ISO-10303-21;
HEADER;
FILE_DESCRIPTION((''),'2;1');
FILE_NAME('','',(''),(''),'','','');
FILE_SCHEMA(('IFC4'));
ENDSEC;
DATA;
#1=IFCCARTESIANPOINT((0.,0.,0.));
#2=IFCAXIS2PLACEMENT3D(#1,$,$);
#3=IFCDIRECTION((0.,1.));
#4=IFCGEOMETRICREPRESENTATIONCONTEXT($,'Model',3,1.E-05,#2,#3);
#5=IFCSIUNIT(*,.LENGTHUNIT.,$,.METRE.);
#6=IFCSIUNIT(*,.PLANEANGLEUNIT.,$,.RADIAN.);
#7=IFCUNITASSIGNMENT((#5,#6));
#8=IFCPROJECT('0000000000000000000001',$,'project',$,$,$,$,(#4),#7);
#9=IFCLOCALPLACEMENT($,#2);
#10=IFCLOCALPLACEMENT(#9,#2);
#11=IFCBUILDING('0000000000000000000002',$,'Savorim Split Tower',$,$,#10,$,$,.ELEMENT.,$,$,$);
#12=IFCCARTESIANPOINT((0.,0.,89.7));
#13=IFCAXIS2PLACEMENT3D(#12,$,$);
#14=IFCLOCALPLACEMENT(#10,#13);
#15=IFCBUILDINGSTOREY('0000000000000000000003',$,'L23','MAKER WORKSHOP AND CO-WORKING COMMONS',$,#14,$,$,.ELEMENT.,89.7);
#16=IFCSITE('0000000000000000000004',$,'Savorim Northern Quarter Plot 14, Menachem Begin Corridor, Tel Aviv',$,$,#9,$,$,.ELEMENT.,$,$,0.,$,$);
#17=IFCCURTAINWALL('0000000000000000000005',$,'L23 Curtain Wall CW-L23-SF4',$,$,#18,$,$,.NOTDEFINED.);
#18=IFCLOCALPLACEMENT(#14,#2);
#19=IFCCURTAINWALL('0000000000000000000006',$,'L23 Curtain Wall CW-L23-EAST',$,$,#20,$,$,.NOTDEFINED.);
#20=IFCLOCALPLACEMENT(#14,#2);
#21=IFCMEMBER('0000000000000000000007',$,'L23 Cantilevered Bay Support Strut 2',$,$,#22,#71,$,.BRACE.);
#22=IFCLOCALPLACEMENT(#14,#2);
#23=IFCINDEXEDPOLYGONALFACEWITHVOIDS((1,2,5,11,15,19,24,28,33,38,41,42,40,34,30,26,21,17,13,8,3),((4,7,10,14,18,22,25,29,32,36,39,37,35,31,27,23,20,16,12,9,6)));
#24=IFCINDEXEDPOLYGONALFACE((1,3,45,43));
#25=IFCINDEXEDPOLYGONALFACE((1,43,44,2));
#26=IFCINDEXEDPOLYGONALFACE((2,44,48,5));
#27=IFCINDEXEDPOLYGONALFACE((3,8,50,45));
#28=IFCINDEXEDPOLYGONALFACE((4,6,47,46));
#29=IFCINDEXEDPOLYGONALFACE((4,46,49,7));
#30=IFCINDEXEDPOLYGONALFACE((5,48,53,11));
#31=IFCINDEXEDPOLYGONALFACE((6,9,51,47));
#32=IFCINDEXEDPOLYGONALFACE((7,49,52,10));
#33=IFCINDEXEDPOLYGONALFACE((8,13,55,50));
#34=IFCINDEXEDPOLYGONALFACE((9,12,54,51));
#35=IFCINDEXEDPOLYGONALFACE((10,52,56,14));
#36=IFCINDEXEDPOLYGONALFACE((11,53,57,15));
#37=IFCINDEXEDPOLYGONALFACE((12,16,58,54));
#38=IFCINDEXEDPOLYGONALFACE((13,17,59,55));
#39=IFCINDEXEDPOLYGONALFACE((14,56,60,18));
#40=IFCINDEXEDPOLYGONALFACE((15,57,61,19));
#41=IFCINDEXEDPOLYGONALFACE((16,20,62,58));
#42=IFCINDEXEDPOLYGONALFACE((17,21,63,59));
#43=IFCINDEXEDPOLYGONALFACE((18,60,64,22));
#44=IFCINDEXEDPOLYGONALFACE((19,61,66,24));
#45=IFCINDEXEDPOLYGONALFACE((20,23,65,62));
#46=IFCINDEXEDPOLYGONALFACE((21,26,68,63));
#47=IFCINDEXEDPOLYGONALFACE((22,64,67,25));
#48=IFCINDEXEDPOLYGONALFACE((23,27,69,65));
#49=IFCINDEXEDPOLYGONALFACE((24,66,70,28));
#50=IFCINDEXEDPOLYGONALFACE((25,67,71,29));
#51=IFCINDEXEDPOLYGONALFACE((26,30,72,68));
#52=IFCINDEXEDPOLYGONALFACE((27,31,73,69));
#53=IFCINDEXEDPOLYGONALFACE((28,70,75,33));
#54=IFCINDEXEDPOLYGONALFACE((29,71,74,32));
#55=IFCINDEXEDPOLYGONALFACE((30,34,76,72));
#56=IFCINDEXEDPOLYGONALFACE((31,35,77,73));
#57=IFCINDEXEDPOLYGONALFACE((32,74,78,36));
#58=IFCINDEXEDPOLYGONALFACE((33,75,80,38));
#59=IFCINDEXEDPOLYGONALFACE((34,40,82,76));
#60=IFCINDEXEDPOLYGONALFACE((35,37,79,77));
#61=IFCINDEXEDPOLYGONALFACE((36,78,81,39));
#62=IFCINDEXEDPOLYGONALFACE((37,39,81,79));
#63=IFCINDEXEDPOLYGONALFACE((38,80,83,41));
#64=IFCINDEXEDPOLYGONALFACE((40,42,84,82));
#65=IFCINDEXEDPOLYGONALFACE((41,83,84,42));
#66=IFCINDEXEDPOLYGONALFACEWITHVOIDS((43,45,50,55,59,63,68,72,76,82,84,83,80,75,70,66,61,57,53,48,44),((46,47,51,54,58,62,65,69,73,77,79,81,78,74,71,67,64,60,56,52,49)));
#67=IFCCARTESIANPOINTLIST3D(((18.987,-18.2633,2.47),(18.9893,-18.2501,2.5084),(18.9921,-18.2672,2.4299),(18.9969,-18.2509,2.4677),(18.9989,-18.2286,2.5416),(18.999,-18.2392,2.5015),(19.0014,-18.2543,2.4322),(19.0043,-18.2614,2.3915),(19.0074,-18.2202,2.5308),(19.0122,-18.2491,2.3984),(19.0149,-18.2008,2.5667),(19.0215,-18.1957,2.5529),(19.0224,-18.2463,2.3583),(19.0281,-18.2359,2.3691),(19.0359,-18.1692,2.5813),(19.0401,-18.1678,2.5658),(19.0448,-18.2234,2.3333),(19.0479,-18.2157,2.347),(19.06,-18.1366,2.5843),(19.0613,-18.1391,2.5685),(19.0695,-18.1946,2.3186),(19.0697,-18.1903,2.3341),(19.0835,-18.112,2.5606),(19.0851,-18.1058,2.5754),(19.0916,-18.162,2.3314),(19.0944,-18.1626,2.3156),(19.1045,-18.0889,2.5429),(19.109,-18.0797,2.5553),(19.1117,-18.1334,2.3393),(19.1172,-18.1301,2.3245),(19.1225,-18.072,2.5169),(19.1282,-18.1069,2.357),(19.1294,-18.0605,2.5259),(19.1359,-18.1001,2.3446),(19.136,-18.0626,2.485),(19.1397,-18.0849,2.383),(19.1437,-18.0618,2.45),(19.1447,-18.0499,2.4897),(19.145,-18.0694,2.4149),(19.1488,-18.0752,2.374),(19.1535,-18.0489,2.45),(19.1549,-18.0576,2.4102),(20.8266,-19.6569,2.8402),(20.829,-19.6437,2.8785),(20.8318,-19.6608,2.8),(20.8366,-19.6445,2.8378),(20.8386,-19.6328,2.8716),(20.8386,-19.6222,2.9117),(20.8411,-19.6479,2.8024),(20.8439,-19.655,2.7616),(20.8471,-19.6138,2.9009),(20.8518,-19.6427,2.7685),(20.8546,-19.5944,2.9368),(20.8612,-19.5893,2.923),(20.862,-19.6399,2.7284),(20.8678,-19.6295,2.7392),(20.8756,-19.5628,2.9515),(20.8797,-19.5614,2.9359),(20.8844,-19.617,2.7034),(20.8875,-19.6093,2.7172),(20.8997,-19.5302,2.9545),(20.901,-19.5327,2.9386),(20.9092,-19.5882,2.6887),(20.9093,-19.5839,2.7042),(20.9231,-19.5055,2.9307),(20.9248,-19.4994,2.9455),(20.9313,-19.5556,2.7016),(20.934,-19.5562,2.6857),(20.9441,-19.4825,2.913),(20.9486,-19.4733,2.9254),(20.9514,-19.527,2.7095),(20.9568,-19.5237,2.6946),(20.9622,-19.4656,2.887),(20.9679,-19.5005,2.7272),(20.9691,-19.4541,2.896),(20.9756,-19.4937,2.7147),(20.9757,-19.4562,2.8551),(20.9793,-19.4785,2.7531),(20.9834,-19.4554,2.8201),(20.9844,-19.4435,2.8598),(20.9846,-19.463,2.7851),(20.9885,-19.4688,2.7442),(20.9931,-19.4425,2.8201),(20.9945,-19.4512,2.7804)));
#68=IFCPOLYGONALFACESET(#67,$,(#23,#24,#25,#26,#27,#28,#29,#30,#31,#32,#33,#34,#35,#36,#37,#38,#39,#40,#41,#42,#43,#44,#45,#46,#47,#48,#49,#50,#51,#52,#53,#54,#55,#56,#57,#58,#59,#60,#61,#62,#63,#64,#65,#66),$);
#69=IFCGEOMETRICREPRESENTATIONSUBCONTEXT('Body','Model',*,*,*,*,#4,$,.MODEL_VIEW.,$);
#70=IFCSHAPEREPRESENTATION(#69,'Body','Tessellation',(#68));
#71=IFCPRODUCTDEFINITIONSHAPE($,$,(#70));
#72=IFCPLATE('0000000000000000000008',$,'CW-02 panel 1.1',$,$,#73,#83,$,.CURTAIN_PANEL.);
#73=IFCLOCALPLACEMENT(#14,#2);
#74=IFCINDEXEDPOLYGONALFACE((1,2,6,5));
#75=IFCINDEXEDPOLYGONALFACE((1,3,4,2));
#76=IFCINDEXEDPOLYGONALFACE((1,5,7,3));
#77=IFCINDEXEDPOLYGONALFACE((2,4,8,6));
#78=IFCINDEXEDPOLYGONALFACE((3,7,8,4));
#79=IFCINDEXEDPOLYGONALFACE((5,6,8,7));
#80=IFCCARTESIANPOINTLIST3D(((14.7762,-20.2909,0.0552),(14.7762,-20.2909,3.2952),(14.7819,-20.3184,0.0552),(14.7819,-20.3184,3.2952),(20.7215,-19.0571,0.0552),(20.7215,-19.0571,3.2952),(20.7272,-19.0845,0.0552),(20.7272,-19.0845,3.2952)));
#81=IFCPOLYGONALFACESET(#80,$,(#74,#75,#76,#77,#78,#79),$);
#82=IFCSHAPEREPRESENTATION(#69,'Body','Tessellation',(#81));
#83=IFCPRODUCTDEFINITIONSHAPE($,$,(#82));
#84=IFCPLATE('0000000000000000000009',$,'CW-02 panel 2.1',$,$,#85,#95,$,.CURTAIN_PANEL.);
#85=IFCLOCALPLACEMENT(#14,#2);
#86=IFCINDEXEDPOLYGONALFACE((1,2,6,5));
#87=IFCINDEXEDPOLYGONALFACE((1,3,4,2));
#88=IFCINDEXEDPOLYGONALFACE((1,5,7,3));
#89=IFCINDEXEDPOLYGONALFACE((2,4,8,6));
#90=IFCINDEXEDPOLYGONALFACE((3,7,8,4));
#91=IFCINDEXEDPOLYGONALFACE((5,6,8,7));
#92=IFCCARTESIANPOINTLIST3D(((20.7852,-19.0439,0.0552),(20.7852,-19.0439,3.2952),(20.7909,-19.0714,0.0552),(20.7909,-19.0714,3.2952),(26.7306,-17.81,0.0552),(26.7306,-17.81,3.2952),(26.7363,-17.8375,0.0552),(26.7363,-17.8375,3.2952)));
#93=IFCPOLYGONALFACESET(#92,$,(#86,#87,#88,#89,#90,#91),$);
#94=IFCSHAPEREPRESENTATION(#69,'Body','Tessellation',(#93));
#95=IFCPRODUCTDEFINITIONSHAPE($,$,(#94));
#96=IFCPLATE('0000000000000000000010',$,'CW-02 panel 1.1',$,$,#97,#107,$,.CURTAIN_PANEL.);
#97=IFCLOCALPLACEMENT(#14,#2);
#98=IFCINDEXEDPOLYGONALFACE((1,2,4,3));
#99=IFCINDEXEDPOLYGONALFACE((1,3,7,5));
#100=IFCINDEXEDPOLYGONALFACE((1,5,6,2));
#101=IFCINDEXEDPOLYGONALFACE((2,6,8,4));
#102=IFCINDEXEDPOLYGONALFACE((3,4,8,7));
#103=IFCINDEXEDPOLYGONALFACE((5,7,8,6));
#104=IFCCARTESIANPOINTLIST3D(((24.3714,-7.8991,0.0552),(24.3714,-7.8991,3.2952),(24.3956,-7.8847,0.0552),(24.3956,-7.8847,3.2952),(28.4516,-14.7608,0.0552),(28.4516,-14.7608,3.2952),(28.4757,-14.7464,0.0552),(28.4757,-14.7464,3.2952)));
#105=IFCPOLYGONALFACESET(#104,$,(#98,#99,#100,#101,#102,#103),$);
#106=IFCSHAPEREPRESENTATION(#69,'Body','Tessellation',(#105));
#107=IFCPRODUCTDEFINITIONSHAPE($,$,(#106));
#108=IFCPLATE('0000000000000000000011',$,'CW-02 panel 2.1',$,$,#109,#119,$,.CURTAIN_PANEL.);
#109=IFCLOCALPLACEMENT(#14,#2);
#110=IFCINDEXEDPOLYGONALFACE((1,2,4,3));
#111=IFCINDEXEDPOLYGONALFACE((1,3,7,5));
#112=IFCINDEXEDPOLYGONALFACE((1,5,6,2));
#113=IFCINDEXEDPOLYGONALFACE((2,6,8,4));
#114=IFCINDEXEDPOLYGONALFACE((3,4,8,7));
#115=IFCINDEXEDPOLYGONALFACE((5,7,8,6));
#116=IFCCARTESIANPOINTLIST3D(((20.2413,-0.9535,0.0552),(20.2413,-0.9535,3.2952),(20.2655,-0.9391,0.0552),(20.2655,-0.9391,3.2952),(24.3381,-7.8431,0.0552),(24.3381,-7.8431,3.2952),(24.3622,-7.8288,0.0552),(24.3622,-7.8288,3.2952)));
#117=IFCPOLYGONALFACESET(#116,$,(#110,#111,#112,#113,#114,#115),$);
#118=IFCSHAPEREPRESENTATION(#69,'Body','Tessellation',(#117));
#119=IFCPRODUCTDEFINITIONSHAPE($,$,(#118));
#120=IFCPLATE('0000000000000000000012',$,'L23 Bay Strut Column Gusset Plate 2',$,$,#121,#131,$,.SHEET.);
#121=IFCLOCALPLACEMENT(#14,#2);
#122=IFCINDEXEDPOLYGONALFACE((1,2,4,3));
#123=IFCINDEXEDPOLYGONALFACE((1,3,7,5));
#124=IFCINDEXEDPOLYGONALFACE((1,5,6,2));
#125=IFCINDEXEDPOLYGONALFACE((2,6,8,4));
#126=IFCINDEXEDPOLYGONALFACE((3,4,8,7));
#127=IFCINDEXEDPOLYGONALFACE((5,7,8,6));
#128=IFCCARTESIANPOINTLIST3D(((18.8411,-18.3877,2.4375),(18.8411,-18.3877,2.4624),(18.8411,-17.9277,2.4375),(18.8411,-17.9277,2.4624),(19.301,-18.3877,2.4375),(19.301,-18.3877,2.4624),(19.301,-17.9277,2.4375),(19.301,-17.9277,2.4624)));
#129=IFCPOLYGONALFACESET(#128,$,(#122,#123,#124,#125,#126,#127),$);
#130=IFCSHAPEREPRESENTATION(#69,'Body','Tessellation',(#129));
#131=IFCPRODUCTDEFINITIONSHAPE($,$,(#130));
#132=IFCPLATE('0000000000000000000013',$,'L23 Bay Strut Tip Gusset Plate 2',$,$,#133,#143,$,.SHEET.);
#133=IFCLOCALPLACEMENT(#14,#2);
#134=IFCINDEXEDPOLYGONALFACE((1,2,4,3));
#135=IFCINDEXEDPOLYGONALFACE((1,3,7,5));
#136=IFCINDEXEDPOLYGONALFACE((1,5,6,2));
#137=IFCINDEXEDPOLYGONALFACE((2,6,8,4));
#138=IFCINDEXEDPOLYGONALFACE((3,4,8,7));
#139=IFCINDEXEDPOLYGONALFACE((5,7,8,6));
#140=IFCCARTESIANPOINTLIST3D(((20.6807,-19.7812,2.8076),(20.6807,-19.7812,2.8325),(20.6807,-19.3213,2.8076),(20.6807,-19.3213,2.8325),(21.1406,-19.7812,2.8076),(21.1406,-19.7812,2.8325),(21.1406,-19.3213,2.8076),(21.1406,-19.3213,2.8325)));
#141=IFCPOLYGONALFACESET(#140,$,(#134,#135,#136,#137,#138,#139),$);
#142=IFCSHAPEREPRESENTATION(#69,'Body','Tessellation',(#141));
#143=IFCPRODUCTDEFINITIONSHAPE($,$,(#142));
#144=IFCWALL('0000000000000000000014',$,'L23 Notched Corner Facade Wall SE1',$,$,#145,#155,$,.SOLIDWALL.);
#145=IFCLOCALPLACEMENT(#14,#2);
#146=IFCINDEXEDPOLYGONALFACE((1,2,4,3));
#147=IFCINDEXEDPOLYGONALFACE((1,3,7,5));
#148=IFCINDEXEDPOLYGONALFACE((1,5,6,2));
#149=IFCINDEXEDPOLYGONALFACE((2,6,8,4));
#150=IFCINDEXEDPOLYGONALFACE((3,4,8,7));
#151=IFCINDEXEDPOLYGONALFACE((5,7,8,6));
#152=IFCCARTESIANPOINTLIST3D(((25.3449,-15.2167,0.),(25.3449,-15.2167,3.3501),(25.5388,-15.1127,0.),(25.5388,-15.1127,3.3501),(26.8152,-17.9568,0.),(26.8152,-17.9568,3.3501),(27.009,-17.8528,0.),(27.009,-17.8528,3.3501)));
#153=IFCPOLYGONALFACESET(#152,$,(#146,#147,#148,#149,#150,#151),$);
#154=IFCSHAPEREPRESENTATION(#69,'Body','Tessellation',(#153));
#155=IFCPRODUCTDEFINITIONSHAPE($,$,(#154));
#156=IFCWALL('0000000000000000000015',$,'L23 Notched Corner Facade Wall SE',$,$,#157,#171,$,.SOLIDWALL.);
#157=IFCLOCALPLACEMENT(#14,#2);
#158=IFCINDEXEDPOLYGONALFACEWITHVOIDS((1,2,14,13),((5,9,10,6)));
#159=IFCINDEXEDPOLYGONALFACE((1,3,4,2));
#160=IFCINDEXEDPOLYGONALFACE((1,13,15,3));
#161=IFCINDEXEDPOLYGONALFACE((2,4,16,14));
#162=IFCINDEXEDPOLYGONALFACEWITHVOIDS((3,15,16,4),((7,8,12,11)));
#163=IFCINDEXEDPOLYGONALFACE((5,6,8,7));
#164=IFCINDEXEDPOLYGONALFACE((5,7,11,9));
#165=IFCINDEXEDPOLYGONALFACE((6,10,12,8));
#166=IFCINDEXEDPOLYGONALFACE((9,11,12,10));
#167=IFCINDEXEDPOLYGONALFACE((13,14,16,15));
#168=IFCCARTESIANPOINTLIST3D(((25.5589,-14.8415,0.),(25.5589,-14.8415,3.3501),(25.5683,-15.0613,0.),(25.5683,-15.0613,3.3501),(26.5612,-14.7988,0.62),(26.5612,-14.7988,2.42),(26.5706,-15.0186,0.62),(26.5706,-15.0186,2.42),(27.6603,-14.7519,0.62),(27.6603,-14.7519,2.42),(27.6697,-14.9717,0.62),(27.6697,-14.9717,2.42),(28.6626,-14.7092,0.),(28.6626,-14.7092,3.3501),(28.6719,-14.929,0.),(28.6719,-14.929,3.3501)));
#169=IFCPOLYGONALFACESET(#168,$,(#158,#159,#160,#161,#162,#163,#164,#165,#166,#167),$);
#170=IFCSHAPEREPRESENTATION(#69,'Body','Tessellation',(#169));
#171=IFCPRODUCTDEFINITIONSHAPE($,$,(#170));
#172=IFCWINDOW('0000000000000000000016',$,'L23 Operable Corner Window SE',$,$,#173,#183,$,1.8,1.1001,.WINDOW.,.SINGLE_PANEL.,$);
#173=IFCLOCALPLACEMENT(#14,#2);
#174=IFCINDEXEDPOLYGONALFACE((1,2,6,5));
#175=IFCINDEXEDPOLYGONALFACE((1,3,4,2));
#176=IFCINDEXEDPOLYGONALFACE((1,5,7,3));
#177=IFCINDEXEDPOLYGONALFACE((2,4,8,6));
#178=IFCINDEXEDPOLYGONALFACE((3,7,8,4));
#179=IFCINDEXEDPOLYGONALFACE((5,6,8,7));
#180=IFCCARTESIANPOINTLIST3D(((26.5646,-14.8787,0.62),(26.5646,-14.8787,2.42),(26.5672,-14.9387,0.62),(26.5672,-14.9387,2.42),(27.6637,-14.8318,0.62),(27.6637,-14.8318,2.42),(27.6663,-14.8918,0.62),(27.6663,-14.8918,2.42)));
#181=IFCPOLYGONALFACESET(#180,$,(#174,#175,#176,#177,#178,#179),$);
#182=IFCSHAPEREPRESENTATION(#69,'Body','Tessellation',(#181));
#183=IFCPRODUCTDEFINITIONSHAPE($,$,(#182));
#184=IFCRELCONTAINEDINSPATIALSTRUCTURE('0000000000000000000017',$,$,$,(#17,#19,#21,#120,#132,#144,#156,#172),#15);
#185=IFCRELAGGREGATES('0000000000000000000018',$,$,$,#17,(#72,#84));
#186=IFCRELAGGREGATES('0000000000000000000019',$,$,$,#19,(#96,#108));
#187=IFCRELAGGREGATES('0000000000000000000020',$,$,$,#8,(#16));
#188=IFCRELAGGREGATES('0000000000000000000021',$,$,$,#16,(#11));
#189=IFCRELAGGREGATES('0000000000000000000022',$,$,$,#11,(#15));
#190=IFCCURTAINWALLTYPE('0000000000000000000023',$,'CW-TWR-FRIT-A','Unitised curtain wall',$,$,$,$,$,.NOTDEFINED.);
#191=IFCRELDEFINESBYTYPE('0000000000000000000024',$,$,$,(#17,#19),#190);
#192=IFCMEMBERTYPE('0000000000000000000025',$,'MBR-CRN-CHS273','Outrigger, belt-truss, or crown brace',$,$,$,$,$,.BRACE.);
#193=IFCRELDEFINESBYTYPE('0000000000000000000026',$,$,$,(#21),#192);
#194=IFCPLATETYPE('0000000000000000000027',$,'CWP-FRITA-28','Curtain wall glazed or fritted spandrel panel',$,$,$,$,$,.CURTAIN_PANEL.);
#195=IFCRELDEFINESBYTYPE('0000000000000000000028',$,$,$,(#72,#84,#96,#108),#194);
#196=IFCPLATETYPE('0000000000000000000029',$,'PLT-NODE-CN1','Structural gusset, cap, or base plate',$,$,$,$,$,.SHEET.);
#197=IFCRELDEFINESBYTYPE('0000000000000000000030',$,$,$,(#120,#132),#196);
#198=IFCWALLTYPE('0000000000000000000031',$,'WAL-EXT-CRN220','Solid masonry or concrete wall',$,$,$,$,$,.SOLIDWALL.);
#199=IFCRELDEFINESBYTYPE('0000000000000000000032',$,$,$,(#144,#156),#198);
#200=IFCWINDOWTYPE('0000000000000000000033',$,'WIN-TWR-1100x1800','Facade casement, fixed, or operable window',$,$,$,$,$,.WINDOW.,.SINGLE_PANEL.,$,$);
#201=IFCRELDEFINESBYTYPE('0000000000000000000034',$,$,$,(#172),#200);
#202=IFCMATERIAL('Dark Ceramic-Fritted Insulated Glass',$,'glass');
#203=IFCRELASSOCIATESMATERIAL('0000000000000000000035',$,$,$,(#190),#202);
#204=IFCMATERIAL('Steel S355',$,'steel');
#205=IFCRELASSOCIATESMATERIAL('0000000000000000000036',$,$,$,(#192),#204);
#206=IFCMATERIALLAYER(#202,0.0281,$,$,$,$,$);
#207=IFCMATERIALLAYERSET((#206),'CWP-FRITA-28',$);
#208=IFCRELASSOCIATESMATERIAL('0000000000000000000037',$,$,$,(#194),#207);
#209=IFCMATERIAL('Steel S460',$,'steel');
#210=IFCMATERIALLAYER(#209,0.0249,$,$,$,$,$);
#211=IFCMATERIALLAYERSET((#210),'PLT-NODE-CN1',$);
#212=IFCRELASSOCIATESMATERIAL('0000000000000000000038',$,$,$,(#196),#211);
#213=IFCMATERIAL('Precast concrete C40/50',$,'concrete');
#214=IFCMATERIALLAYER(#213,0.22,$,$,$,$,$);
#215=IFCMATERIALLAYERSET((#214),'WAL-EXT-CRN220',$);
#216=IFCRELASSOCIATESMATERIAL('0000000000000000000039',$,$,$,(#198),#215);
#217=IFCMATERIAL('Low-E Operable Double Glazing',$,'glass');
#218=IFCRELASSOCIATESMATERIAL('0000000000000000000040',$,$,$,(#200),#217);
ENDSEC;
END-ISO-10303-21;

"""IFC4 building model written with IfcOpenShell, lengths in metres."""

from ifc_helpers import new_model, si_unit, direction, frame, frame_2d, origin, origin_2d, place, context, subcontext, project, spatial, rectangle, hollow_circle, extrude, material, layer, layer_set, material_profile, profile_set, type_object, element, fill, aggregate, save


model = new_model("IFC4")

# Units and contexts
model_context = context("Model", 3, precision=1e-05, world=origin(), true_north=direction((0.0, 1.0)))
body_context = subcontext(model_context, "Body", "Model", "MODEL_VIEW")
ifc_project = project(units=[si_unit("LENGTHUNIT", "METRE"), si_unit("PLANEANGLEUNIT", "RADIAN")], contexts=[model_context])

# Site, building, storey
site_placement = place(None, origin())
site = spatial("IfcSite", under=ifc_project, at=site_placement, Name="Savorim Northern Quarter Plot 14, Menachem Begin Corridor, Tel Aviv", CompositionType="ELEMENT", RefElevation=0.0)
building_placement = place(site_placement, origin())
building = spatial("IfcBuilding", under=site, at=building_placement, Name="Savorim Split Tower", CompositionType="ELEMENT")
storey_placement = place(building_placement, frame((0.0, 0.0, 89.7)))
storey = spatial("IfcBuildingStorey", under=building, at=storey_placement, Name="L23", Description="MAKER WORKSHOP AND CO-WORKING COMMONS", CompositionType="ELEMENT", Elevation=89.7)

# Shared definitions
ifc_material_1 = material(Name="Steel S460", Category="steel")

# Shared definitions
ifc_material_2 = material(Name="Steel S355", Category="steel")

# Shared definitions
ifc_material_3 = material(Name="Dark Ceramic-Fritted Insulated Glass", Category="glass")
curtain_wall_type = type_object("IfcCurtainWallType", Name="CW-TWR-FRIT-A", Description="Unitised curtain wall", PredefinedType="NOTDEFINED", material=ifc_material_3)

# Curtain walls
curtain_wall_1_placement = place(storey_placement, origin())
curtain_wall_1 = element("IfcCurtainWall", 1, at=curtain_wall_1_placement, inside=storey, type_object=curtain_wall_type, Name="L23 Curtain Wall CW-L23-SF4", PredefinedType="NOTDEFINED")
curtain_wall_2_placement = place(storey_placement, origin())
curtain_wall_2 = element("IfcCurtainWall", 2, at=curtain_wall_2_placement, inside=storey, type_object=curtain_wall_type, Name="L23 Curtain Wall CW-L23-EAST", PredefinedType="NOTDEFINED")

# Member
ifc_material_profile_1 = material_profile(ifc_material_2, hollow_circle(Radius=0.1365, WallThickness=0.0161, at=origin_2d()), Name="CHS 273x16")
ifc_profile_set_1 = profile_set([ifc_material_profile_1], Name="Steel S355")
member_type_1 = type_object("IfcMemberType", Name="MBR-CRN-CHS273", Description="Outrigger, belt-truss, or crown brace", PredefinedType="BRACE", material=ifc_profile_set_1)
member_1_placement = place(storey_placement, frame((19.071, -18.1577, 2.45), z_axis=(0.787052, -0.596217, 0.15835), x_axis=(0.603835, 0.797109, 0.0)))
element("IfcMember", 3, at=member_1_placement, inside=storey, type_object=member_type_1, Name="L23 Cantilevered Bay Support Strut 2", PredefinedType="BRACE", context=body_context, shape_type="SweptSolid", body=[
    extrude(hollow_circle(Radius=0.1365, WallThickness=0.0161, at=origin_2d()), origin(), (0.0, 0.0, 1.0), 2.3374),
])

# Plates
ifc_layer_1 = layer(ifc_material_3, 0.0281)
ifc_layer_set_1 = layer_set([ifc_layer_1], Name="CWP-FRITA-28")
plate_type_1 = type_object("IfcPlateType", Name="CWP-FRITA-28", Description="Curtain wall glazed or fritted spandrel panel", PredefinedType="CURTAIN_PANEL", material=ifc_layer_set_1)
plate_1_placement = place(storey_placement, frame((17.7517, -19.6877, 0.0552), z_axis=(0.0, 0.0, 1.0), x_axis=(0.979135, 0.20321, 0.0)))
plate_1 = element("IfcPlate", 4, at=plate_1_placement, type_object=plate_type_1, Name="CW-02 panel 1.1", PredefinedType="CURTAIN_PANEL", context=body_context, shape_type="SweptSolid", body=[
    extrude(rectangle(XDim=6.072, YDim=0.0281, at=origin_2d()), origin(), (0.0, 0.0, 1.0), 3.24),
])
plate_2_placement = place(storey_placement, frame((23.7607, -18.4407, 0.0552), z_axis=(0.0, 0.0, 1.0), x_axis=(0.979135, 0.20321, 0.0)))
plate_2 = element("IfcPlate", 5, at=plate_2_placement, type_object=plate_type_1, Name="CW-02 panel 2.1", PredefinedType="CURTAIN_PANEL", context=body_context, shape_type="SweptSolid", body=[
    extrude(rectangle(XDim=6.072, YDim=0.0281, at=origin_2d()), origin(), (0.0, 0.0, 1.0), 3.24),
])
aggregate(curtain_wall_1, [plate_1, plate_2])
plate_3_placement = place(storey_placement, frame((26.4236, -11.3228, 0.0552), z_axis=(0.0, 0.0, 1.0), x_axis=(-0.511094, 0.859525, 0.0)))
plate_3 = element("IfcPlate", 6, at=plate_3_placement, type_object=plate_type_1, Name="CW-02 panel 1.1", PredefinedType="CURTAIN_PANEL", context=body_context, shape_type="SweptSolid", body=[
    extrude(rectangle(XDim=7.9832, YDim=0.0281, at=origin_2d()), origin(), (0.0, 0.0, 1.0), 3.24),
])
plate_4_placement = place(storey_placement, frame((22.3018, -4.3911, 0.0552), z_axis=(0.0, 0.0, 1.0), x_axis=(-0.511094, 0.859525, 0.0)))
plate_4 = element("IfcPlate", 7, at=plate_4_placement, type_object=plate_type_1, Name="CW-02 panel 2.1", PredefinedType="CURTAIN_PANEL", context=body_context, shape_type="SweptSolid", body=[
    extrude(rectangle(XDim=8.0156, YDim=0.0281, at=origin_2d()), origin(), (0.0, 0.0, 1.0), 3.24),
])
aggregate(curtain_wall_2, [plate_3, plate_4])

# Plates
ifc_layer_2 = layer(ifc_material_1, 0.0249)
ifc_layer_set_2 = layer_set([ifc_layer_2], Name="PLT-NODE-CN1")
plate_type_2 = type_object("IfcPlateType", Name="PLT-NODE-CN1", Description="Structural gusset, cap, or base plate", PredefinedType="SHEET", material=ifc_layer_set_2)
for number, where, z_axis, x_axis, name in (
    (8, (19.071, -18.1577, 2.4375), (0.0, 0.0, 1.0), (1.0, 0.0, 0.0), "L23 Bay Strut Column Gusset Plate 2"),
    (9, (20.9106, -19.5513, 2.8076), (0.0, 0.0, 1.0), (1.0, 0.0, 0.0), "L23 Bay Strut Tip Gusset Plate 2"),
):
    element("IfcPlate", number, at=place(storey_placement, frame(where, z_axis=z_axis, x_axis=x_axis)), inside=storey, type_object=plate_type_2, Name=name, PredefinedType="SHEET", context=body_context, shape_type="SweptSolid", body=[
        extrude(rectangle(XDim=0.46, YDim=0.46, at=origin_2d()), origin(), (0.0, 0.0, 1.0), 0.0249),
    ])

# Wall
ifc_material_4 = material(Name="Precast concrete C40/50", Category="concrete")
ifc_layer_3 = layer(ifc_material_4, 0.22)
ifc_layer_set_3 = layer_set([ifc_layer_3], Name="WAL-EXT-CRN220")
wall_type = type_object("IfcWallType", Name="WAL-EXT-CRN220", Description="Solid masonry or concrete wall", PredefinedType="SOLIDWALL", material=ifc_layer_set_3)
wall_1_placement = place(storey_placement, frame((25.4419, -15.1648, 0.0), z_axis=(0.0, 0.0, 1.0), x_axis=(0.472812, -0.881163, 0.0)))
element("IfcWall", 10, at=wall_1_placement, inside=storey, type_object=wall_type, Name="L23 Notched Corner Facade Wall SE1", PredefinedType="SOLIDWALL", context=body_context, shape_type="SweptSolid", body=[
    extrude(rectangle(XDim=3.1096, YDim=0.22, at=frame_2d((1.5547, 0.0))), origin(), (0.0, 0.0, 1.0), 3.3501),
])

# Wall, opening, window
wall_2_placement = place(storey_placement, frame((28.6672, -14.8191, 0.0), z_axis=(0.0, 0.0, 1.0), x_axis=(-0.999092, -0.042598, 0.0)))
wall_2 = element("IfcWall", 11, at=wall_2_placement, inside=storey, type_object=wall_type, Name="L23 Notched Corner Facade Wall SE", PredefinedType="SOLIDWALL", context=body_context, shape_type="SweptSolid", body=[
    extrude(rectangle(XDim=3.1064, YDim=0.22, at=frame_2d((1.5532, 0.0))), origin(), (0.0, 0.0, 1.0), 3.3501),
])
opening_placement = place(wall_2_placement, frame((1.0032, 0.0, 0.6201)))
opening = element("IfcOpeningElement", 12, at=opening_placement, cuts=wall_2, PredefinedType="OPENING", context=body_context, shape_type="SweptSolid", body=[
    extrude(rectangle(XDim=1.1001, YDim=1.8, at=frame_2d((0.55, 0.8999))), frame((0.0, 0.1199, 0.0), z_axis=(0.0, -1.0, 0.0), x_axis=(1.0, 0.0, 0.0)), (0.0, 0.0, 1.0), 0.24),
])
ifc_material_5 = material(Name="Low-E Operable Double Glazing", Category="glass")
window_type = type_object("IfcWindowType", Name="WIN-TWR-1100x1800", Description="Facade casement, fixed, or operable window", PartitioningType="SINGLE_PANEL", PredefinedType="WINDOW", material=ifc_material_5)
window_placement = place(opening_placement, origin())
window = element("IfcWindow", 13, at=window_placement, inside=storey, type_object=window_type, Name="L23 Operable Corner Window SE", OverallHeight=1.8, OverallWidth=1.1001, PartitioningType="SINGLE_PANEL", PredefinedType="WINDOW", context=body_context, shape_type="SweptSolid", body=[
    extrude(rectangle(XDim=1.1001, YDim=1.8, at=frame_2d((0.55, 0.8999))), frame((0.0, 0.03, 0.0), z_axis=(0.0, -1.0, 0.0), x_axis=(1.0, 0.0, 0.0)), (0.0, 0.0, 1.0), 0.0601),
])
fill(opening, window)

save(model, "model.ifc")
